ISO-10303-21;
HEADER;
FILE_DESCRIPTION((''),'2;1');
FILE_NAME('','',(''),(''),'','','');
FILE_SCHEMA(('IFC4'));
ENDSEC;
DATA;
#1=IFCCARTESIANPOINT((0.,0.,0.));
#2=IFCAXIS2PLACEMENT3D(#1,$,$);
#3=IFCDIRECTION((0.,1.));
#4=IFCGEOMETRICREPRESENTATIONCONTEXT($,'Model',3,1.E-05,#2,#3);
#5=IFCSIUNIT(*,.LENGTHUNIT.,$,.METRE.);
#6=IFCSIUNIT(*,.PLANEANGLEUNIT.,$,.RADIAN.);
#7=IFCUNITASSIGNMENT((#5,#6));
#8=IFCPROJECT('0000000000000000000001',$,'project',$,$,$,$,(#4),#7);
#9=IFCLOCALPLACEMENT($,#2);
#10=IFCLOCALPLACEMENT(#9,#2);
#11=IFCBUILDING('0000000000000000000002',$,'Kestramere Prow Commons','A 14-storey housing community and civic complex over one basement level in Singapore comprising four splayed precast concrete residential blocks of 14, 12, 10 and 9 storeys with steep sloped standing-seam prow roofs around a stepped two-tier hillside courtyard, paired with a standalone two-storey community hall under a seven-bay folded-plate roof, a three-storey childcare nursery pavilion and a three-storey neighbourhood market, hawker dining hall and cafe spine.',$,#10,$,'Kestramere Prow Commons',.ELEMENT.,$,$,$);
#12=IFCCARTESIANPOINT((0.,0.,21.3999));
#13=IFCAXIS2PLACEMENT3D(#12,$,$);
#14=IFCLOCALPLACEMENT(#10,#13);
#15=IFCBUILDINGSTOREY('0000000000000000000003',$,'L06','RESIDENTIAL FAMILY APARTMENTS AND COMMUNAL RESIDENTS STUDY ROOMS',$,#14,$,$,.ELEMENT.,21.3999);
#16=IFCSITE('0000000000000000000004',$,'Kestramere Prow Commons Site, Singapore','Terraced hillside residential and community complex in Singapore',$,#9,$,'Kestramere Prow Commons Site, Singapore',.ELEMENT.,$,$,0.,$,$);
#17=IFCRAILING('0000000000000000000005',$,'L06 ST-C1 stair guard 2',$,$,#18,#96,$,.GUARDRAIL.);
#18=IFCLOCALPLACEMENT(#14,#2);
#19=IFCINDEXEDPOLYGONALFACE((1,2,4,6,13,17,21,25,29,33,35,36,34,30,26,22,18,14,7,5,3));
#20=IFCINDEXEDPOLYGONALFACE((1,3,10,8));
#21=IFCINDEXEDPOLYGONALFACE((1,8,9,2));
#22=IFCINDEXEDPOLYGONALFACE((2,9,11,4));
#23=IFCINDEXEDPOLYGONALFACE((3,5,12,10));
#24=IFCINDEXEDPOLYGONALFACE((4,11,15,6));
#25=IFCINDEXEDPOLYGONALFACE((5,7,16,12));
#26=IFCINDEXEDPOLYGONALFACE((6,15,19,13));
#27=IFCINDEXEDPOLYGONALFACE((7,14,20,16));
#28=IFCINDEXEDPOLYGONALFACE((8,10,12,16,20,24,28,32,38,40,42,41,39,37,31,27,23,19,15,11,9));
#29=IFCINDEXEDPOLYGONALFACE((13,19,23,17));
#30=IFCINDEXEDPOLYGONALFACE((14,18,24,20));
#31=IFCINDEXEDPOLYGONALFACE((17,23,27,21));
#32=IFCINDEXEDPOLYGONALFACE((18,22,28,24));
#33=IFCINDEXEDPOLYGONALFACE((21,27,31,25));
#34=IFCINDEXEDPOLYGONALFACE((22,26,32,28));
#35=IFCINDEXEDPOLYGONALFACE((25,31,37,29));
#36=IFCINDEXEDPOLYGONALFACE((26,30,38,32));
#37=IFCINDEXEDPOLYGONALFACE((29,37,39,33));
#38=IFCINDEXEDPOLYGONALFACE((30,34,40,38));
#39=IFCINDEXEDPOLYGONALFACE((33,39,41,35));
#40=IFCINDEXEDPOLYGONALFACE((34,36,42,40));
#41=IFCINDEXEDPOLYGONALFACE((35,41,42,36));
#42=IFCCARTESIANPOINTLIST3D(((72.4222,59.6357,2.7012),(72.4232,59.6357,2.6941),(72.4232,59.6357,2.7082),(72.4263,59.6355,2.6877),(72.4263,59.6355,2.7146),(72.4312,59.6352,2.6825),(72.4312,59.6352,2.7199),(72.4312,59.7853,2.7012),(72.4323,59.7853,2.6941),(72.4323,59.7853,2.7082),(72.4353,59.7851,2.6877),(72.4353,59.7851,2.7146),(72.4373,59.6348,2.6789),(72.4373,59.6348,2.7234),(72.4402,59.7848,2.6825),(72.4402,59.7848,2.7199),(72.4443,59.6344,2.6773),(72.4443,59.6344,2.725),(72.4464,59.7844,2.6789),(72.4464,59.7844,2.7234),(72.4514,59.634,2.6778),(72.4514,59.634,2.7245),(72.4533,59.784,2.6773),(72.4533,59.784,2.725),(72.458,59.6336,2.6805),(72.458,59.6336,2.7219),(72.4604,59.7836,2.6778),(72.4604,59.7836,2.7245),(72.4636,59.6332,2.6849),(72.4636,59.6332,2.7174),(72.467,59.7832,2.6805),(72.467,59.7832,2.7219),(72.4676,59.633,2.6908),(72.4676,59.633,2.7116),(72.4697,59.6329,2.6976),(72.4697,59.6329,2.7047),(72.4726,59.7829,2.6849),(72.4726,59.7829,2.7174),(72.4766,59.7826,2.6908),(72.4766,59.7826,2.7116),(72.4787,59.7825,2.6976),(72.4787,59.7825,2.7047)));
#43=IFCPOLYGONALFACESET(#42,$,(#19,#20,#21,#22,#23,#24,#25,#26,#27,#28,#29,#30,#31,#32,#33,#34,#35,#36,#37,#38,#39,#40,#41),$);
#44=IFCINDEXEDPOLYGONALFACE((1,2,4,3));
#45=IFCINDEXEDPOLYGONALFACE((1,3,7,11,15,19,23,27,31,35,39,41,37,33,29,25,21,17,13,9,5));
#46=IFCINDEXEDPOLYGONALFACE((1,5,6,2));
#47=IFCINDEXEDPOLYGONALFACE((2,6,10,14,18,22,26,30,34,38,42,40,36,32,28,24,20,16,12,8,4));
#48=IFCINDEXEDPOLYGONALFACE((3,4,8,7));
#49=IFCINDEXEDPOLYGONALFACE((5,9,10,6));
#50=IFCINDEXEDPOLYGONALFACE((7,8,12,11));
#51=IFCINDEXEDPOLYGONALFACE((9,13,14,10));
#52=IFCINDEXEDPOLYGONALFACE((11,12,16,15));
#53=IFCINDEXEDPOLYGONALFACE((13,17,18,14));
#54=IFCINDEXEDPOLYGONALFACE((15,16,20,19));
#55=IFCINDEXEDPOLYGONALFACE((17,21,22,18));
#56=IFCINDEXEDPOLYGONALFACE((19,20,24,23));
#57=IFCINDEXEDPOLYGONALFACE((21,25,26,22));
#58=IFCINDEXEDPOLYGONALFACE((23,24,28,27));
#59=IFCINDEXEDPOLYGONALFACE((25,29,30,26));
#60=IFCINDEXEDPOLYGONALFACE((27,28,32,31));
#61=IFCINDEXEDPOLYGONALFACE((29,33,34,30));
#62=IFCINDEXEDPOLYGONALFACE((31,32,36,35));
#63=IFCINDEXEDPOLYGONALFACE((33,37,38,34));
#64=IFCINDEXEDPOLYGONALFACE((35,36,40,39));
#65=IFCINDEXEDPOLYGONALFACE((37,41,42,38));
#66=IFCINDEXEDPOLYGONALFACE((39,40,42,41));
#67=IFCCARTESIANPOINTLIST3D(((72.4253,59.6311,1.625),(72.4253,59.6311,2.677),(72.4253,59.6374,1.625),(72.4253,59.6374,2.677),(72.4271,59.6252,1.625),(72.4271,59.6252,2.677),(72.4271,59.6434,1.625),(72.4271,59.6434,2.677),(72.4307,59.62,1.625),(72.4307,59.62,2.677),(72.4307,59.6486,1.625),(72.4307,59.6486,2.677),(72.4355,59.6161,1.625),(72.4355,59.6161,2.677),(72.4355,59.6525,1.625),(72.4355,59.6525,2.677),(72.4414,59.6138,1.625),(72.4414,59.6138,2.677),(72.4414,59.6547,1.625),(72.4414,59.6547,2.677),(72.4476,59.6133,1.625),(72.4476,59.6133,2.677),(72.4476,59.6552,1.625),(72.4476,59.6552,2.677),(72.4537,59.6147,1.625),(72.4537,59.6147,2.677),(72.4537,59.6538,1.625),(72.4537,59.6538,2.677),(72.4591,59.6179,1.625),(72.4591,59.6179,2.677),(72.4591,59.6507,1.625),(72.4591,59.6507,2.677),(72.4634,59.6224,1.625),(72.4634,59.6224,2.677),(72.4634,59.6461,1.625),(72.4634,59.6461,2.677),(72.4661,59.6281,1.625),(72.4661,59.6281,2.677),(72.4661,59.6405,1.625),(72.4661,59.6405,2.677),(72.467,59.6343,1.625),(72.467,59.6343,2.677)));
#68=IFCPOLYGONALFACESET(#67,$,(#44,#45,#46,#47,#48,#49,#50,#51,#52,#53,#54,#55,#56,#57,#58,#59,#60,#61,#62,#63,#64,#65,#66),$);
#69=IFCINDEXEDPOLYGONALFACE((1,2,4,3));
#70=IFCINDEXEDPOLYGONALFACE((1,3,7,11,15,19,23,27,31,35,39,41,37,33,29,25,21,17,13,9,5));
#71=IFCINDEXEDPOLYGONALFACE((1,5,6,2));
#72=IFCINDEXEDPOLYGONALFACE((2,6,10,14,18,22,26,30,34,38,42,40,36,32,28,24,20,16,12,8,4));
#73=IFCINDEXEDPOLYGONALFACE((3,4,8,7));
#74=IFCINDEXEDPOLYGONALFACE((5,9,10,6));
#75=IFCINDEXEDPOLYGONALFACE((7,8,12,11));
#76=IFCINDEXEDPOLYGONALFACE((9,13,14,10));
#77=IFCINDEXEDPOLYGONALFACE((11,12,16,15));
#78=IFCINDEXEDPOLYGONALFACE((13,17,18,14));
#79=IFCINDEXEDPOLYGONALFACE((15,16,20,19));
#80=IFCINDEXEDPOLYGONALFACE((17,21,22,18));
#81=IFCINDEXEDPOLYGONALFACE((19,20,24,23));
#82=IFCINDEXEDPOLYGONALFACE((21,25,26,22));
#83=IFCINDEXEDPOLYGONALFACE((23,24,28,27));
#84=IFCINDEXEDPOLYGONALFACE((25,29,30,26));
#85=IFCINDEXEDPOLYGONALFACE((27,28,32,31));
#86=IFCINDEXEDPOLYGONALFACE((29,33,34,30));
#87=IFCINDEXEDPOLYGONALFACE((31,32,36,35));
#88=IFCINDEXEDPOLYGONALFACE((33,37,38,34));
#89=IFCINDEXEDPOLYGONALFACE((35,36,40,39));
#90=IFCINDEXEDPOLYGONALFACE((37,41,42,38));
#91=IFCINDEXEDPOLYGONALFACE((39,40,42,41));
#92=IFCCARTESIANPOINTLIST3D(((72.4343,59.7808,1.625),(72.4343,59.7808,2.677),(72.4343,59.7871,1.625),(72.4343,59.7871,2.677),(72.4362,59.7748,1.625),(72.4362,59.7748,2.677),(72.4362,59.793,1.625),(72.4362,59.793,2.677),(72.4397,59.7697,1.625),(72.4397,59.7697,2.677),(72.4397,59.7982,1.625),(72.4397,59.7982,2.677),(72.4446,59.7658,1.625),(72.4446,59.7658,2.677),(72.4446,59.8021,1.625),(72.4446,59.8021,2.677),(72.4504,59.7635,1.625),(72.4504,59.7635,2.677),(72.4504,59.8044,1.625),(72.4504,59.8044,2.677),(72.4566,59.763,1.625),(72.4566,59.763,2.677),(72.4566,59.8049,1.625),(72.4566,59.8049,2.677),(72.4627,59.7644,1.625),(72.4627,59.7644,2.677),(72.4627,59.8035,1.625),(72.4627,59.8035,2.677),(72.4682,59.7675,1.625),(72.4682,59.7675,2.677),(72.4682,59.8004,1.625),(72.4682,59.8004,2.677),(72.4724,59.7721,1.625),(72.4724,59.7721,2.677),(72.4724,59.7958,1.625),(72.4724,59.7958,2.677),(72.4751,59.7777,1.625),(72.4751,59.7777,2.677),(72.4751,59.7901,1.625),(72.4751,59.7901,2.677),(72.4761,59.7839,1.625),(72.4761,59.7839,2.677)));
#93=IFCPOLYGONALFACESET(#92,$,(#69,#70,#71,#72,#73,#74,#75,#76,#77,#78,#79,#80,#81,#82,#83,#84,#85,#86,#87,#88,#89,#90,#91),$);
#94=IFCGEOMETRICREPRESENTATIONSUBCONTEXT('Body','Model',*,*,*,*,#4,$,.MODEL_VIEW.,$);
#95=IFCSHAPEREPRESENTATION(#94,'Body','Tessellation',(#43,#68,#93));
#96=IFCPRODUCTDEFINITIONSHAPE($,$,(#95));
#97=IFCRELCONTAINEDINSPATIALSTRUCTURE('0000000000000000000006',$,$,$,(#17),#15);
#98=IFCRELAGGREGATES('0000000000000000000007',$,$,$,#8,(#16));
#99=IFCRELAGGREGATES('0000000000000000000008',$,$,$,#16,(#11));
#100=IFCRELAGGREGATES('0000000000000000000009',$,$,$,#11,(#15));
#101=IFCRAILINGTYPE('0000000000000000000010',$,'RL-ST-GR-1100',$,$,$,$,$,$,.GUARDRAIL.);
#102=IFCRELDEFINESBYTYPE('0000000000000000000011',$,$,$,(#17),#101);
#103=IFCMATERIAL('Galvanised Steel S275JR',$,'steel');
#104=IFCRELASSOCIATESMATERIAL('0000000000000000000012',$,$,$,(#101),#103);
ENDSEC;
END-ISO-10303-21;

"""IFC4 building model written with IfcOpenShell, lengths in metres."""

from ifc_helpers import new_model, si_unit, direction, frame, origin, origin_2d, place, context, subcontext, project, spatial, circle, extrude, material, type_object, element, save


model = new_model("IFC4")

# Units and contexts
model_context = context("Model", 3, precision=1e-05, world=origin(), true_north=direction((0.0, 1.0)))
body_context = subcontext(model_context, "Body", "Model", "MODEL_VIEW")
ifc_project = project(units=[si_unit("LENGTHUNIT", "METRE"), si_unit("PLANEANGLEUNIT", "RADIAN")], contexts=[model_context])

# Site, building, storey
site_placement = place(None, origin())
site = spatial("IfcSite", under=ifc_project, at=site_placement, Name="Kestramere Prow Commons Site, Singapore", Description="Terraced hillside residential and community complex in Singapore", LongName="Kestramere Prow Commons Site, Singapore", CompositionType="ELEMENT", RefElevation=0.0)
building_placement = place(site_placement, origin())
building = spatial("IfcBuilding", under=site, at=building_placement, Name="Kestramere Prow Commons", Description="A 14-storey housing community and civic complex over one basement level in Singapore comprising four splayed precast concrete residential blocks of 14, 12, 10 and 9 storeys with steep sloped standing-seam prow roofs around a stepped two-tier hillside courtyard, paired with a standalone two-storey community hall under a seven-bay folded-plate roof, a three-storey childcare nursery pavilion and a three-storey neighbourhood market, hawker dining hall and cafe spine.", LongName="Kestramere Prow Commons", CompositionType="ELEMENT")
storey_placement = place(building_placement, frame((0.0, 0.0, 21.3999)))
storey = spatial("IfcBuildingStorey", under=building, at=storey_placement, Name="L06", Description="RESIDENTIAL FAMILY APARTMENTS AND COMMUNAL RESIDENTS STUDY ROOMS", CompositionType="ELEMENT", Elevation=21.3999)

# Railing
ifc_material_1 = material(Name="Galvanised Steel S275JR", Category="steel")
railing_type_1 = type_object("IfcRailingType", Name="RL-ST-GR-1100", PredefinedType="GUARDRAIL", material=ifc_material_1)
railing_1_placement = place(storey_placement, frame((72.446, 59.6343, 1.625)))
element("IfcRailing", 1, at=railing_1_placement, inside=storey, type_object=railing_type_1, Name="L06 ST-C1 stair guard 2", PredefinedType="GUARDRAIL", context=body_context, shape_type="SweptSolid", body=[
    extrude(circle(Radius=0.0239, at=origin_2d()), frame((0.0, 0.0, 1.0762), z_axis=(0.060249, 0.998183, 0.0), x_axis=(-0.998183, 0.060249, 0.0)), (0.0, 0.0, 1.0), 0.1499),
    extrude(circle(Radius=0.021, at=origin_2d()), origin(), (0.0, 0.0, 1.0), 1.052),
    extrude(circle(Radius=0.021, at=origin_2d()), frame((0.009, 0.1497, 0.0)), (0.0, 0.0, 1.0), 1.052),
])

save(model, "model.ifc")
